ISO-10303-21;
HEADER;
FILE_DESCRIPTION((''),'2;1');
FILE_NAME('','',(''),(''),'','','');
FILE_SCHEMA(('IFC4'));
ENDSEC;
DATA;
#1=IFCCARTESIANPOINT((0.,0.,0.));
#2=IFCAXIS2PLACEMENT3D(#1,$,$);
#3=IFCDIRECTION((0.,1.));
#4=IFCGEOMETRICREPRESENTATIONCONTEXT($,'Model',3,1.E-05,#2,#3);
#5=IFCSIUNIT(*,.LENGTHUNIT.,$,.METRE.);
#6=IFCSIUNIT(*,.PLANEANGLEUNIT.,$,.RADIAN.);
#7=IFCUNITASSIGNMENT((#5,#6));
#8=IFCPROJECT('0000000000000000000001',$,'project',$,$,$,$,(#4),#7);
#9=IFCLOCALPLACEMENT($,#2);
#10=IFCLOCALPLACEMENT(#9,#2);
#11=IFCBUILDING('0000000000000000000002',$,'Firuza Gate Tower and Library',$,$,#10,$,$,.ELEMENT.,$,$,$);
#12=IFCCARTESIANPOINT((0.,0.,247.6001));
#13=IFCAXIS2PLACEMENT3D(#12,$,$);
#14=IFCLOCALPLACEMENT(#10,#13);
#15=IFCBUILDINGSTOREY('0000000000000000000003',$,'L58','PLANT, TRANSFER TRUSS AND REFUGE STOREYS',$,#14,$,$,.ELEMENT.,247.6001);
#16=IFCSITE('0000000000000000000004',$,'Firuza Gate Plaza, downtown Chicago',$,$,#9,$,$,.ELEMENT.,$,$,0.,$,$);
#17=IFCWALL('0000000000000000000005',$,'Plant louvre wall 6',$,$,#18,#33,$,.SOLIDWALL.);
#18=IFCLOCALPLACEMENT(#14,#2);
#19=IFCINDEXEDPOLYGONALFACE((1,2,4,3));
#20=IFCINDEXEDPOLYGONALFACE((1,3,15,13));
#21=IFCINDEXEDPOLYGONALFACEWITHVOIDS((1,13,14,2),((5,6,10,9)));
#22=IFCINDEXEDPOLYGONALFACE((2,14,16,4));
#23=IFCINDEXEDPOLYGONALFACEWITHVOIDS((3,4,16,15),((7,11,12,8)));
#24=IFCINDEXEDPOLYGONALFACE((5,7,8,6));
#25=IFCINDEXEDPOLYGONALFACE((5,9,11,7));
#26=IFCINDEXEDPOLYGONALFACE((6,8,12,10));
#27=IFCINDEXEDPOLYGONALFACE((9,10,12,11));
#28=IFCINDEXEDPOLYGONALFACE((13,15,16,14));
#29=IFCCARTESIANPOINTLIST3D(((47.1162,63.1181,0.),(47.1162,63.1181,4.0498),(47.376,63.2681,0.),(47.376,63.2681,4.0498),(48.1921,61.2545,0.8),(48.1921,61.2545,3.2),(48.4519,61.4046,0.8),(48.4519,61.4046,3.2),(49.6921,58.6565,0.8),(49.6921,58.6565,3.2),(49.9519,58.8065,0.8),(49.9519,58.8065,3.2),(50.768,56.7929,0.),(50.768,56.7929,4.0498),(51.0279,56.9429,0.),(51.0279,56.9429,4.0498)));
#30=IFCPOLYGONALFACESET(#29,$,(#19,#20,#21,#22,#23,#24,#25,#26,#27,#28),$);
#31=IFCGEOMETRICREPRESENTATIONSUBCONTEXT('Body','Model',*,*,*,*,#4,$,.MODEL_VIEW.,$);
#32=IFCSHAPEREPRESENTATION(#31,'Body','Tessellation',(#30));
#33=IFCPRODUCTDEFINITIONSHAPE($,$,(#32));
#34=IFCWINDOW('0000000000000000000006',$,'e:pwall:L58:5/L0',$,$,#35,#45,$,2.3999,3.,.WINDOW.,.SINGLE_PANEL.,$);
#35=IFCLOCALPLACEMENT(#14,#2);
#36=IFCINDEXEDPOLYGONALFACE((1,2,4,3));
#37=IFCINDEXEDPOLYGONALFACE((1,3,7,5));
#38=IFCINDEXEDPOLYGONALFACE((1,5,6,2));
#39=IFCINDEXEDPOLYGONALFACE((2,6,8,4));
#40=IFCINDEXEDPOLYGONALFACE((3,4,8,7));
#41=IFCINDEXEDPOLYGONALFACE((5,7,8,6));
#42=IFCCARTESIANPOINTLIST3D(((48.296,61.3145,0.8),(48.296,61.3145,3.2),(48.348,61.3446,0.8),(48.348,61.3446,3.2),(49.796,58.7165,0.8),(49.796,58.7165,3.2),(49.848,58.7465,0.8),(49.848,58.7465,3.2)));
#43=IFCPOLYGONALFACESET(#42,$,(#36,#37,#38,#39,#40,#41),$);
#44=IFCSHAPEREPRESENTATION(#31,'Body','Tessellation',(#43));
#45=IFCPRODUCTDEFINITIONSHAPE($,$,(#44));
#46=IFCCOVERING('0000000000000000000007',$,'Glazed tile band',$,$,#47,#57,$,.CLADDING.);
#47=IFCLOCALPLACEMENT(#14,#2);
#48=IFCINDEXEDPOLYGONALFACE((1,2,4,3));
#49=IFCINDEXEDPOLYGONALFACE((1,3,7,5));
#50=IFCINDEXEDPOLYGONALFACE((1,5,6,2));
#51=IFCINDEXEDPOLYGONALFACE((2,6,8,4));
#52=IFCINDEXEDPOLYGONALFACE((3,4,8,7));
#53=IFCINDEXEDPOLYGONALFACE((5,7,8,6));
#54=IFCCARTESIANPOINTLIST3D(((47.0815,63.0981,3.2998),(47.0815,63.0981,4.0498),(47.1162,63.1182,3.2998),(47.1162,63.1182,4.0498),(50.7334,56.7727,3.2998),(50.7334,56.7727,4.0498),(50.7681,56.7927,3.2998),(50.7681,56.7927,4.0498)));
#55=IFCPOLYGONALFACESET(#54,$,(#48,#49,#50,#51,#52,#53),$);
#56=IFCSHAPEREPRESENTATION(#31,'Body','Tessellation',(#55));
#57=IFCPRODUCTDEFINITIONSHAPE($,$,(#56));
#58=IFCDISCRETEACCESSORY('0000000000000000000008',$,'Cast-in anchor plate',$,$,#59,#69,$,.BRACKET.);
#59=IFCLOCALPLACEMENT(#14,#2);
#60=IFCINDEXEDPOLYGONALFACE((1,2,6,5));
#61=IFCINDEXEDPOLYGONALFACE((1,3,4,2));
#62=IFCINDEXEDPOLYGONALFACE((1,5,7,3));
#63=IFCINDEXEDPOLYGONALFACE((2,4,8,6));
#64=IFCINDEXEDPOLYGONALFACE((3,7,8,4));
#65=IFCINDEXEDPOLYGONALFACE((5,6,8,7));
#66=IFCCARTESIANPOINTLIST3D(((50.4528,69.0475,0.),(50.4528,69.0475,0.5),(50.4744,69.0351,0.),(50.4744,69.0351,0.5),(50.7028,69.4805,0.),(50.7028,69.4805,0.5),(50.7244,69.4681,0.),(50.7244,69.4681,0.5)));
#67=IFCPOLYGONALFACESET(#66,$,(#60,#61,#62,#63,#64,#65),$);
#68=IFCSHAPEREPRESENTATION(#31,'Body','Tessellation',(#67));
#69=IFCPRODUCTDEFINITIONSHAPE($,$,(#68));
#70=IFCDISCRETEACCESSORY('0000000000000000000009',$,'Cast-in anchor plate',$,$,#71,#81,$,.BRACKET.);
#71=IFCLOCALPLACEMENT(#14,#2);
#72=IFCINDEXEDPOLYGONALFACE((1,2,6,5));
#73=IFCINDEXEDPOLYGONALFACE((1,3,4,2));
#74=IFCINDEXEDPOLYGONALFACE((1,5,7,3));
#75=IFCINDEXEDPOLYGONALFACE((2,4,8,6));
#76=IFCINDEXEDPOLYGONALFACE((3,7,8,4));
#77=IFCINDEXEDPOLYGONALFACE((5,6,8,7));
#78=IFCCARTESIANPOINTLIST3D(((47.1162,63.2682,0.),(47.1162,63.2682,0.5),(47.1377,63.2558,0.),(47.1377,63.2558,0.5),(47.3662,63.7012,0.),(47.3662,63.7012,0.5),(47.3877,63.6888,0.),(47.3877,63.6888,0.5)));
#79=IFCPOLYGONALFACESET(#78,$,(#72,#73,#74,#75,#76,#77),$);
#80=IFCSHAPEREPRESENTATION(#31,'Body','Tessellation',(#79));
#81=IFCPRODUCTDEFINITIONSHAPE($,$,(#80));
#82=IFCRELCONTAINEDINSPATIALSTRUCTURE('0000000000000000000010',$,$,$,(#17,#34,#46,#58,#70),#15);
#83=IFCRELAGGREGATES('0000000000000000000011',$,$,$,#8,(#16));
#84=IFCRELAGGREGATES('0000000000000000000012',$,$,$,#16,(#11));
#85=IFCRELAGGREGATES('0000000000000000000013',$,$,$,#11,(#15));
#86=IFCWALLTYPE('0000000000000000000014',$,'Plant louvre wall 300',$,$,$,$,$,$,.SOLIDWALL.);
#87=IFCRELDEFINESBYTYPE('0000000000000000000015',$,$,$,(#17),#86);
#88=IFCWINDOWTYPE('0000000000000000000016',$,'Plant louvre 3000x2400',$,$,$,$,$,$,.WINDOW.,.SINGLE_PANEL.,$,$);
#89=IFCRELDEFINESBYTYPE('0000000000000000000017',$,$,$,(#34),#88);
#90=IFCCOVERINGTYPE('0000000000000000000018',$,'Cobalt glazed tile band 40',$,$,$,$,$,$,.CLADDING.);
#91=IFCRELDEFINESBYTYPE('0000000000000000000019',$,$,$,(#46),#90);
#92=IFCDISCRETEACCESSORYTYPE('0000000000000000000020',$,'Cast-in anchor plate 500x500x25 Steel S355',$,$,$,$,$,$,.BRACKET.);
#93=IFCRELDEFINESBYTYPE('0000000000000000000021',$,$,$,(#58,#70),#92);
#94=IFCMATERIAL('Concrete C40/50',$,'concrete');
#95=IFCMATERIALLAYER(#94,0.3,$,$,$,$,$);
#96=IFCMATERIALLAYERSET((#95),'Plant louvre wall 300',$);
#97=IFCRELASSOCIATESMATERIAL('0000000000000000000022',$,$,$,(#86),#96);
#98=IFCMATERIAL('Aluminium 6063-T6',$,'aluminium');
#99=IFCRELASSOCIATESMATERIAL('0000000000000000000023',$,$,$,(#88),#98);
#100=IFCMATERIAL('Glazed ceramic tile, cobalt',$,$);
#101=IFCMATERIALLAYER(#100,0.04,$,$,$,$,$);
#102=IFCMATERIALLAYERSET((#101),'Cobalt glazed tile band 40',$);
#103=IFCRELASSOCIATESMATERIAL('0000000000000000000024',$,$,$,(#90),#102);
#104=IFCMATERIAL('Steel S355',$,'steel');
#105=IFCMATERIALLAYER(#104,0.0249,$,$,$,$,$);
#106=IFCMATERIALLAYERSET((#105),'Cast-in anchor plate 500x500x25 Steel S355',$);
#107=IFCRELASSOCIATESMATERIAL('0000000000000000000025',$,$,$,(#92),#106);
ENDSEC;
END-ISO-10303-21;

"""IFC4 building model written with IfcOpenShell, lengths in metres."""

from ifc_helpers import new_model, si_unit, direction, frame, frame_2d, origin, origin_2d, place, context, subcontext, project, spatial, polyline, rectangle, outline, extrude, material, layer, layer_set, type_object, element, fill, save


model = new_model("IFC4")

# Units and contexts
model_context = context("Model", 3, precision=1e-05, world=origin(), true_north=direction((0.0, 1.0)))
body_context = subcontext(model_context, "Body", "Model", "MODEL_VIEW")
ifc_project = project(units=[si_unit("LENGTHUNIT", "METRE"), si_unit("PLANEANGLEUNIT", "RADIAN")], contexts=[model_context])

# Site, building, storey
site_placement = place(None, origin())
site = spatial("IfcSite", under=ifc_project, at=site_placement, Name="Firuza Gate Plaza, downtown Chicago", CompositionType="ELEMENT", RefElevation=0.0)
building_placement = place(site_placement, origin())
building = spatial("IfcBuilding", under=site, at=building_placement, Name="Firuza Gate Tower and Library", CompositionType="ELEMENT")
storey_placement = place(building_placement, frame((0.0, 0.0, 247.6001)))
storey = spatial("IfcBuildingStorey", under=building, at=storey_placement, Name="L58", Description="PLANT, TRANSFER TRUSS AND REFUGE STOREYS", CompositionType="ELEMENT", Elevation=247.6001)

# Shared definitions
ifc_material_1 = material(Name="Concrete C40/50", Category="concrete")
ifc_layer_1 = layer(ifc_material_1, 0.3)
ifc_layer_set_1 = layer_set([ifc_layer_1], Name="Plant louvre wall 300")
wall_type_1 = type_object("IfcWallType", Name="Plant louvre wall 300", PredefinedType="SOLIDWALL", material=ifc_layer_set_1)

# Wall, opening, window
wall_1_placement = place(storey_placement, frame((47.2461, 63.1931, 0.0), z_axis=(0.0, 0.0, 1.0), x_axis=(0.5, -0.866025, 0.0)))
wall_1 = element("IfcWall", 1, at=wall_1_placement, inside=storey, type_object=wall_type_1, Name="Plant louvre wall 6", PredefinedType="SOLIDWALL", context=body_context, shape_type="SweptSolid", body=[
    extrude(rectangle(XDim=7.3037, YDim=0.3, at=frame_2d((3.6519, 0.0))), origin(), (0.0, 0.0, 1.0), 4.0498),
])
opening_placement = place(wall_1_placement, frame((2.1519, 0.0, 0.8)))
opening = element("IfcOpeningElement", 2, at=opening_placement, cuts=wall_1, PredefinedType="OPENING", context=body_context, shape_type="SweptSolid", body=[
    extrude(rectangle(XDim=3.0, YDim=2.3999, at=frame_2d((1.5, 1.2))), frame((0.0, 0.1602, 0.0), z_axis=(0.0, -1.0, 0.0), x_axis=(1.0, 0.0, 0.0)), (0.0, 0.0, 1.0), 0.3201),
])
ifc_material_2 = material(Name="Aluminium 6063-T6", Category="aluminium")
window_type = type_object("IfcWindowType", Name="Plant louvre 3000x2400", PartitioningType="SINGLE_PANEL", PredefinedType="WINDOW", material=ifc_material_2)
window_placement = place(opening_placement, origin())
window = element("IfcWindow", 3, at=window_placement, inside=storey, type_object=window_type, Name="e:pwall:L58:5/L0", OverallHeight=2.3999, OverallWidth=3.0, PartitioningType="SINGLE_PANEL", PredefinedType="WINDOW", context=body_context, shape_type="SweptSolid", body=[
    extrude(rectangle(XDim=3.0, YDim=2.3999, at=frame_2d((1.5, 1.2))), frame((0.0, 0.03, 0.0), z_axis=(0.0, -1.0, 0.0), x_axis=(1.0, 0.0, 0.0)), (0.0, 0.0, 1.0), 0.0601),
])
fill(opening, window)

# Covering
ifc_material_3 = material(Name="Glazed ceramic tile, cobalt")
ifc_layer_2 = layer(ifc_material_3, 0.04)
ifc_layer_set_2 = layer_set([ifc_layer_2], Name="Cobalt glazed tile band 40")
covering_type = type_object("IfcCoveringType", Name="Cobalt glazed tile band 40", PredefinedType="CLADDING", material=ifc_layer_set_2)
covering_placement = place(storey_placement, frame((47.0815, 63.0981, 3.2998), z_axis=(-0.866034, -0.499986, 0.0), x_axis=(0.499986, -0.866034, 0.0)))
element("IfcCovering", 4, at=covering_placement, inside=storey, type_object=covering_type, Name="Glazed tile band", PredefinedType="CLADDING", context=body_context, shape_type="SweptSolid", body=[
    extrude(outline(polyline([(0.0, 0.0), (7.3039, 0.0), (7.3039, 0.75), (0.0, 0.75), (0.0, 0.0)])), origin(), (0.0, 0.0, -1.0), 0.04),
])

# Discrete accessories
ifc_material_4 = material(Name="Steel S355", Category="steel")
ifc_layer_3 = layer(ifc_material_4, 0.0249)
ifc_layer_set_3 = layer_set([ifc_layer_3], Name="Cast-in anchor plate 500x500x25 Steel S355")
discrete_accessory_type = type_object("IfcDiscreteAccessoryType", Name="Cast-in anchor plate 500x500x25 Steel S355", PredefinedType="BRACKET", material=ifc_layer_set_3)
for number, where, z_axis, x_axis, name in (
    (5, (50.5886, 69.2578, 0.0), (0.0, 0.0, 1.0), (-0.5, -0.866025, 0.0), "Cast-in anchor plate"),
    (6, (47.252, 63.4785, 0.0), (0.0, 0.0, 1.0), (-0.5, -0.866025, 0.0), "Cast-in anchor plate"),
):
    element("IfcDiscreteAccessory", number, at=place(storey_placement, frame(where, z_axis=z_axis, x_axis=x_axis)), inside=storey, type_object=discrete_accessory_type, Name=name, PredefinedType="BRACKET", context=body_context, shape_type="SweptSolid", body=[
        extrude(rectangle(XDim=0.5, YDim=0.0249, at=origin_2d()), origin(), (0.0, 0.0, 1.0), 0.5),
    ])

save(model, "model.ifc")
